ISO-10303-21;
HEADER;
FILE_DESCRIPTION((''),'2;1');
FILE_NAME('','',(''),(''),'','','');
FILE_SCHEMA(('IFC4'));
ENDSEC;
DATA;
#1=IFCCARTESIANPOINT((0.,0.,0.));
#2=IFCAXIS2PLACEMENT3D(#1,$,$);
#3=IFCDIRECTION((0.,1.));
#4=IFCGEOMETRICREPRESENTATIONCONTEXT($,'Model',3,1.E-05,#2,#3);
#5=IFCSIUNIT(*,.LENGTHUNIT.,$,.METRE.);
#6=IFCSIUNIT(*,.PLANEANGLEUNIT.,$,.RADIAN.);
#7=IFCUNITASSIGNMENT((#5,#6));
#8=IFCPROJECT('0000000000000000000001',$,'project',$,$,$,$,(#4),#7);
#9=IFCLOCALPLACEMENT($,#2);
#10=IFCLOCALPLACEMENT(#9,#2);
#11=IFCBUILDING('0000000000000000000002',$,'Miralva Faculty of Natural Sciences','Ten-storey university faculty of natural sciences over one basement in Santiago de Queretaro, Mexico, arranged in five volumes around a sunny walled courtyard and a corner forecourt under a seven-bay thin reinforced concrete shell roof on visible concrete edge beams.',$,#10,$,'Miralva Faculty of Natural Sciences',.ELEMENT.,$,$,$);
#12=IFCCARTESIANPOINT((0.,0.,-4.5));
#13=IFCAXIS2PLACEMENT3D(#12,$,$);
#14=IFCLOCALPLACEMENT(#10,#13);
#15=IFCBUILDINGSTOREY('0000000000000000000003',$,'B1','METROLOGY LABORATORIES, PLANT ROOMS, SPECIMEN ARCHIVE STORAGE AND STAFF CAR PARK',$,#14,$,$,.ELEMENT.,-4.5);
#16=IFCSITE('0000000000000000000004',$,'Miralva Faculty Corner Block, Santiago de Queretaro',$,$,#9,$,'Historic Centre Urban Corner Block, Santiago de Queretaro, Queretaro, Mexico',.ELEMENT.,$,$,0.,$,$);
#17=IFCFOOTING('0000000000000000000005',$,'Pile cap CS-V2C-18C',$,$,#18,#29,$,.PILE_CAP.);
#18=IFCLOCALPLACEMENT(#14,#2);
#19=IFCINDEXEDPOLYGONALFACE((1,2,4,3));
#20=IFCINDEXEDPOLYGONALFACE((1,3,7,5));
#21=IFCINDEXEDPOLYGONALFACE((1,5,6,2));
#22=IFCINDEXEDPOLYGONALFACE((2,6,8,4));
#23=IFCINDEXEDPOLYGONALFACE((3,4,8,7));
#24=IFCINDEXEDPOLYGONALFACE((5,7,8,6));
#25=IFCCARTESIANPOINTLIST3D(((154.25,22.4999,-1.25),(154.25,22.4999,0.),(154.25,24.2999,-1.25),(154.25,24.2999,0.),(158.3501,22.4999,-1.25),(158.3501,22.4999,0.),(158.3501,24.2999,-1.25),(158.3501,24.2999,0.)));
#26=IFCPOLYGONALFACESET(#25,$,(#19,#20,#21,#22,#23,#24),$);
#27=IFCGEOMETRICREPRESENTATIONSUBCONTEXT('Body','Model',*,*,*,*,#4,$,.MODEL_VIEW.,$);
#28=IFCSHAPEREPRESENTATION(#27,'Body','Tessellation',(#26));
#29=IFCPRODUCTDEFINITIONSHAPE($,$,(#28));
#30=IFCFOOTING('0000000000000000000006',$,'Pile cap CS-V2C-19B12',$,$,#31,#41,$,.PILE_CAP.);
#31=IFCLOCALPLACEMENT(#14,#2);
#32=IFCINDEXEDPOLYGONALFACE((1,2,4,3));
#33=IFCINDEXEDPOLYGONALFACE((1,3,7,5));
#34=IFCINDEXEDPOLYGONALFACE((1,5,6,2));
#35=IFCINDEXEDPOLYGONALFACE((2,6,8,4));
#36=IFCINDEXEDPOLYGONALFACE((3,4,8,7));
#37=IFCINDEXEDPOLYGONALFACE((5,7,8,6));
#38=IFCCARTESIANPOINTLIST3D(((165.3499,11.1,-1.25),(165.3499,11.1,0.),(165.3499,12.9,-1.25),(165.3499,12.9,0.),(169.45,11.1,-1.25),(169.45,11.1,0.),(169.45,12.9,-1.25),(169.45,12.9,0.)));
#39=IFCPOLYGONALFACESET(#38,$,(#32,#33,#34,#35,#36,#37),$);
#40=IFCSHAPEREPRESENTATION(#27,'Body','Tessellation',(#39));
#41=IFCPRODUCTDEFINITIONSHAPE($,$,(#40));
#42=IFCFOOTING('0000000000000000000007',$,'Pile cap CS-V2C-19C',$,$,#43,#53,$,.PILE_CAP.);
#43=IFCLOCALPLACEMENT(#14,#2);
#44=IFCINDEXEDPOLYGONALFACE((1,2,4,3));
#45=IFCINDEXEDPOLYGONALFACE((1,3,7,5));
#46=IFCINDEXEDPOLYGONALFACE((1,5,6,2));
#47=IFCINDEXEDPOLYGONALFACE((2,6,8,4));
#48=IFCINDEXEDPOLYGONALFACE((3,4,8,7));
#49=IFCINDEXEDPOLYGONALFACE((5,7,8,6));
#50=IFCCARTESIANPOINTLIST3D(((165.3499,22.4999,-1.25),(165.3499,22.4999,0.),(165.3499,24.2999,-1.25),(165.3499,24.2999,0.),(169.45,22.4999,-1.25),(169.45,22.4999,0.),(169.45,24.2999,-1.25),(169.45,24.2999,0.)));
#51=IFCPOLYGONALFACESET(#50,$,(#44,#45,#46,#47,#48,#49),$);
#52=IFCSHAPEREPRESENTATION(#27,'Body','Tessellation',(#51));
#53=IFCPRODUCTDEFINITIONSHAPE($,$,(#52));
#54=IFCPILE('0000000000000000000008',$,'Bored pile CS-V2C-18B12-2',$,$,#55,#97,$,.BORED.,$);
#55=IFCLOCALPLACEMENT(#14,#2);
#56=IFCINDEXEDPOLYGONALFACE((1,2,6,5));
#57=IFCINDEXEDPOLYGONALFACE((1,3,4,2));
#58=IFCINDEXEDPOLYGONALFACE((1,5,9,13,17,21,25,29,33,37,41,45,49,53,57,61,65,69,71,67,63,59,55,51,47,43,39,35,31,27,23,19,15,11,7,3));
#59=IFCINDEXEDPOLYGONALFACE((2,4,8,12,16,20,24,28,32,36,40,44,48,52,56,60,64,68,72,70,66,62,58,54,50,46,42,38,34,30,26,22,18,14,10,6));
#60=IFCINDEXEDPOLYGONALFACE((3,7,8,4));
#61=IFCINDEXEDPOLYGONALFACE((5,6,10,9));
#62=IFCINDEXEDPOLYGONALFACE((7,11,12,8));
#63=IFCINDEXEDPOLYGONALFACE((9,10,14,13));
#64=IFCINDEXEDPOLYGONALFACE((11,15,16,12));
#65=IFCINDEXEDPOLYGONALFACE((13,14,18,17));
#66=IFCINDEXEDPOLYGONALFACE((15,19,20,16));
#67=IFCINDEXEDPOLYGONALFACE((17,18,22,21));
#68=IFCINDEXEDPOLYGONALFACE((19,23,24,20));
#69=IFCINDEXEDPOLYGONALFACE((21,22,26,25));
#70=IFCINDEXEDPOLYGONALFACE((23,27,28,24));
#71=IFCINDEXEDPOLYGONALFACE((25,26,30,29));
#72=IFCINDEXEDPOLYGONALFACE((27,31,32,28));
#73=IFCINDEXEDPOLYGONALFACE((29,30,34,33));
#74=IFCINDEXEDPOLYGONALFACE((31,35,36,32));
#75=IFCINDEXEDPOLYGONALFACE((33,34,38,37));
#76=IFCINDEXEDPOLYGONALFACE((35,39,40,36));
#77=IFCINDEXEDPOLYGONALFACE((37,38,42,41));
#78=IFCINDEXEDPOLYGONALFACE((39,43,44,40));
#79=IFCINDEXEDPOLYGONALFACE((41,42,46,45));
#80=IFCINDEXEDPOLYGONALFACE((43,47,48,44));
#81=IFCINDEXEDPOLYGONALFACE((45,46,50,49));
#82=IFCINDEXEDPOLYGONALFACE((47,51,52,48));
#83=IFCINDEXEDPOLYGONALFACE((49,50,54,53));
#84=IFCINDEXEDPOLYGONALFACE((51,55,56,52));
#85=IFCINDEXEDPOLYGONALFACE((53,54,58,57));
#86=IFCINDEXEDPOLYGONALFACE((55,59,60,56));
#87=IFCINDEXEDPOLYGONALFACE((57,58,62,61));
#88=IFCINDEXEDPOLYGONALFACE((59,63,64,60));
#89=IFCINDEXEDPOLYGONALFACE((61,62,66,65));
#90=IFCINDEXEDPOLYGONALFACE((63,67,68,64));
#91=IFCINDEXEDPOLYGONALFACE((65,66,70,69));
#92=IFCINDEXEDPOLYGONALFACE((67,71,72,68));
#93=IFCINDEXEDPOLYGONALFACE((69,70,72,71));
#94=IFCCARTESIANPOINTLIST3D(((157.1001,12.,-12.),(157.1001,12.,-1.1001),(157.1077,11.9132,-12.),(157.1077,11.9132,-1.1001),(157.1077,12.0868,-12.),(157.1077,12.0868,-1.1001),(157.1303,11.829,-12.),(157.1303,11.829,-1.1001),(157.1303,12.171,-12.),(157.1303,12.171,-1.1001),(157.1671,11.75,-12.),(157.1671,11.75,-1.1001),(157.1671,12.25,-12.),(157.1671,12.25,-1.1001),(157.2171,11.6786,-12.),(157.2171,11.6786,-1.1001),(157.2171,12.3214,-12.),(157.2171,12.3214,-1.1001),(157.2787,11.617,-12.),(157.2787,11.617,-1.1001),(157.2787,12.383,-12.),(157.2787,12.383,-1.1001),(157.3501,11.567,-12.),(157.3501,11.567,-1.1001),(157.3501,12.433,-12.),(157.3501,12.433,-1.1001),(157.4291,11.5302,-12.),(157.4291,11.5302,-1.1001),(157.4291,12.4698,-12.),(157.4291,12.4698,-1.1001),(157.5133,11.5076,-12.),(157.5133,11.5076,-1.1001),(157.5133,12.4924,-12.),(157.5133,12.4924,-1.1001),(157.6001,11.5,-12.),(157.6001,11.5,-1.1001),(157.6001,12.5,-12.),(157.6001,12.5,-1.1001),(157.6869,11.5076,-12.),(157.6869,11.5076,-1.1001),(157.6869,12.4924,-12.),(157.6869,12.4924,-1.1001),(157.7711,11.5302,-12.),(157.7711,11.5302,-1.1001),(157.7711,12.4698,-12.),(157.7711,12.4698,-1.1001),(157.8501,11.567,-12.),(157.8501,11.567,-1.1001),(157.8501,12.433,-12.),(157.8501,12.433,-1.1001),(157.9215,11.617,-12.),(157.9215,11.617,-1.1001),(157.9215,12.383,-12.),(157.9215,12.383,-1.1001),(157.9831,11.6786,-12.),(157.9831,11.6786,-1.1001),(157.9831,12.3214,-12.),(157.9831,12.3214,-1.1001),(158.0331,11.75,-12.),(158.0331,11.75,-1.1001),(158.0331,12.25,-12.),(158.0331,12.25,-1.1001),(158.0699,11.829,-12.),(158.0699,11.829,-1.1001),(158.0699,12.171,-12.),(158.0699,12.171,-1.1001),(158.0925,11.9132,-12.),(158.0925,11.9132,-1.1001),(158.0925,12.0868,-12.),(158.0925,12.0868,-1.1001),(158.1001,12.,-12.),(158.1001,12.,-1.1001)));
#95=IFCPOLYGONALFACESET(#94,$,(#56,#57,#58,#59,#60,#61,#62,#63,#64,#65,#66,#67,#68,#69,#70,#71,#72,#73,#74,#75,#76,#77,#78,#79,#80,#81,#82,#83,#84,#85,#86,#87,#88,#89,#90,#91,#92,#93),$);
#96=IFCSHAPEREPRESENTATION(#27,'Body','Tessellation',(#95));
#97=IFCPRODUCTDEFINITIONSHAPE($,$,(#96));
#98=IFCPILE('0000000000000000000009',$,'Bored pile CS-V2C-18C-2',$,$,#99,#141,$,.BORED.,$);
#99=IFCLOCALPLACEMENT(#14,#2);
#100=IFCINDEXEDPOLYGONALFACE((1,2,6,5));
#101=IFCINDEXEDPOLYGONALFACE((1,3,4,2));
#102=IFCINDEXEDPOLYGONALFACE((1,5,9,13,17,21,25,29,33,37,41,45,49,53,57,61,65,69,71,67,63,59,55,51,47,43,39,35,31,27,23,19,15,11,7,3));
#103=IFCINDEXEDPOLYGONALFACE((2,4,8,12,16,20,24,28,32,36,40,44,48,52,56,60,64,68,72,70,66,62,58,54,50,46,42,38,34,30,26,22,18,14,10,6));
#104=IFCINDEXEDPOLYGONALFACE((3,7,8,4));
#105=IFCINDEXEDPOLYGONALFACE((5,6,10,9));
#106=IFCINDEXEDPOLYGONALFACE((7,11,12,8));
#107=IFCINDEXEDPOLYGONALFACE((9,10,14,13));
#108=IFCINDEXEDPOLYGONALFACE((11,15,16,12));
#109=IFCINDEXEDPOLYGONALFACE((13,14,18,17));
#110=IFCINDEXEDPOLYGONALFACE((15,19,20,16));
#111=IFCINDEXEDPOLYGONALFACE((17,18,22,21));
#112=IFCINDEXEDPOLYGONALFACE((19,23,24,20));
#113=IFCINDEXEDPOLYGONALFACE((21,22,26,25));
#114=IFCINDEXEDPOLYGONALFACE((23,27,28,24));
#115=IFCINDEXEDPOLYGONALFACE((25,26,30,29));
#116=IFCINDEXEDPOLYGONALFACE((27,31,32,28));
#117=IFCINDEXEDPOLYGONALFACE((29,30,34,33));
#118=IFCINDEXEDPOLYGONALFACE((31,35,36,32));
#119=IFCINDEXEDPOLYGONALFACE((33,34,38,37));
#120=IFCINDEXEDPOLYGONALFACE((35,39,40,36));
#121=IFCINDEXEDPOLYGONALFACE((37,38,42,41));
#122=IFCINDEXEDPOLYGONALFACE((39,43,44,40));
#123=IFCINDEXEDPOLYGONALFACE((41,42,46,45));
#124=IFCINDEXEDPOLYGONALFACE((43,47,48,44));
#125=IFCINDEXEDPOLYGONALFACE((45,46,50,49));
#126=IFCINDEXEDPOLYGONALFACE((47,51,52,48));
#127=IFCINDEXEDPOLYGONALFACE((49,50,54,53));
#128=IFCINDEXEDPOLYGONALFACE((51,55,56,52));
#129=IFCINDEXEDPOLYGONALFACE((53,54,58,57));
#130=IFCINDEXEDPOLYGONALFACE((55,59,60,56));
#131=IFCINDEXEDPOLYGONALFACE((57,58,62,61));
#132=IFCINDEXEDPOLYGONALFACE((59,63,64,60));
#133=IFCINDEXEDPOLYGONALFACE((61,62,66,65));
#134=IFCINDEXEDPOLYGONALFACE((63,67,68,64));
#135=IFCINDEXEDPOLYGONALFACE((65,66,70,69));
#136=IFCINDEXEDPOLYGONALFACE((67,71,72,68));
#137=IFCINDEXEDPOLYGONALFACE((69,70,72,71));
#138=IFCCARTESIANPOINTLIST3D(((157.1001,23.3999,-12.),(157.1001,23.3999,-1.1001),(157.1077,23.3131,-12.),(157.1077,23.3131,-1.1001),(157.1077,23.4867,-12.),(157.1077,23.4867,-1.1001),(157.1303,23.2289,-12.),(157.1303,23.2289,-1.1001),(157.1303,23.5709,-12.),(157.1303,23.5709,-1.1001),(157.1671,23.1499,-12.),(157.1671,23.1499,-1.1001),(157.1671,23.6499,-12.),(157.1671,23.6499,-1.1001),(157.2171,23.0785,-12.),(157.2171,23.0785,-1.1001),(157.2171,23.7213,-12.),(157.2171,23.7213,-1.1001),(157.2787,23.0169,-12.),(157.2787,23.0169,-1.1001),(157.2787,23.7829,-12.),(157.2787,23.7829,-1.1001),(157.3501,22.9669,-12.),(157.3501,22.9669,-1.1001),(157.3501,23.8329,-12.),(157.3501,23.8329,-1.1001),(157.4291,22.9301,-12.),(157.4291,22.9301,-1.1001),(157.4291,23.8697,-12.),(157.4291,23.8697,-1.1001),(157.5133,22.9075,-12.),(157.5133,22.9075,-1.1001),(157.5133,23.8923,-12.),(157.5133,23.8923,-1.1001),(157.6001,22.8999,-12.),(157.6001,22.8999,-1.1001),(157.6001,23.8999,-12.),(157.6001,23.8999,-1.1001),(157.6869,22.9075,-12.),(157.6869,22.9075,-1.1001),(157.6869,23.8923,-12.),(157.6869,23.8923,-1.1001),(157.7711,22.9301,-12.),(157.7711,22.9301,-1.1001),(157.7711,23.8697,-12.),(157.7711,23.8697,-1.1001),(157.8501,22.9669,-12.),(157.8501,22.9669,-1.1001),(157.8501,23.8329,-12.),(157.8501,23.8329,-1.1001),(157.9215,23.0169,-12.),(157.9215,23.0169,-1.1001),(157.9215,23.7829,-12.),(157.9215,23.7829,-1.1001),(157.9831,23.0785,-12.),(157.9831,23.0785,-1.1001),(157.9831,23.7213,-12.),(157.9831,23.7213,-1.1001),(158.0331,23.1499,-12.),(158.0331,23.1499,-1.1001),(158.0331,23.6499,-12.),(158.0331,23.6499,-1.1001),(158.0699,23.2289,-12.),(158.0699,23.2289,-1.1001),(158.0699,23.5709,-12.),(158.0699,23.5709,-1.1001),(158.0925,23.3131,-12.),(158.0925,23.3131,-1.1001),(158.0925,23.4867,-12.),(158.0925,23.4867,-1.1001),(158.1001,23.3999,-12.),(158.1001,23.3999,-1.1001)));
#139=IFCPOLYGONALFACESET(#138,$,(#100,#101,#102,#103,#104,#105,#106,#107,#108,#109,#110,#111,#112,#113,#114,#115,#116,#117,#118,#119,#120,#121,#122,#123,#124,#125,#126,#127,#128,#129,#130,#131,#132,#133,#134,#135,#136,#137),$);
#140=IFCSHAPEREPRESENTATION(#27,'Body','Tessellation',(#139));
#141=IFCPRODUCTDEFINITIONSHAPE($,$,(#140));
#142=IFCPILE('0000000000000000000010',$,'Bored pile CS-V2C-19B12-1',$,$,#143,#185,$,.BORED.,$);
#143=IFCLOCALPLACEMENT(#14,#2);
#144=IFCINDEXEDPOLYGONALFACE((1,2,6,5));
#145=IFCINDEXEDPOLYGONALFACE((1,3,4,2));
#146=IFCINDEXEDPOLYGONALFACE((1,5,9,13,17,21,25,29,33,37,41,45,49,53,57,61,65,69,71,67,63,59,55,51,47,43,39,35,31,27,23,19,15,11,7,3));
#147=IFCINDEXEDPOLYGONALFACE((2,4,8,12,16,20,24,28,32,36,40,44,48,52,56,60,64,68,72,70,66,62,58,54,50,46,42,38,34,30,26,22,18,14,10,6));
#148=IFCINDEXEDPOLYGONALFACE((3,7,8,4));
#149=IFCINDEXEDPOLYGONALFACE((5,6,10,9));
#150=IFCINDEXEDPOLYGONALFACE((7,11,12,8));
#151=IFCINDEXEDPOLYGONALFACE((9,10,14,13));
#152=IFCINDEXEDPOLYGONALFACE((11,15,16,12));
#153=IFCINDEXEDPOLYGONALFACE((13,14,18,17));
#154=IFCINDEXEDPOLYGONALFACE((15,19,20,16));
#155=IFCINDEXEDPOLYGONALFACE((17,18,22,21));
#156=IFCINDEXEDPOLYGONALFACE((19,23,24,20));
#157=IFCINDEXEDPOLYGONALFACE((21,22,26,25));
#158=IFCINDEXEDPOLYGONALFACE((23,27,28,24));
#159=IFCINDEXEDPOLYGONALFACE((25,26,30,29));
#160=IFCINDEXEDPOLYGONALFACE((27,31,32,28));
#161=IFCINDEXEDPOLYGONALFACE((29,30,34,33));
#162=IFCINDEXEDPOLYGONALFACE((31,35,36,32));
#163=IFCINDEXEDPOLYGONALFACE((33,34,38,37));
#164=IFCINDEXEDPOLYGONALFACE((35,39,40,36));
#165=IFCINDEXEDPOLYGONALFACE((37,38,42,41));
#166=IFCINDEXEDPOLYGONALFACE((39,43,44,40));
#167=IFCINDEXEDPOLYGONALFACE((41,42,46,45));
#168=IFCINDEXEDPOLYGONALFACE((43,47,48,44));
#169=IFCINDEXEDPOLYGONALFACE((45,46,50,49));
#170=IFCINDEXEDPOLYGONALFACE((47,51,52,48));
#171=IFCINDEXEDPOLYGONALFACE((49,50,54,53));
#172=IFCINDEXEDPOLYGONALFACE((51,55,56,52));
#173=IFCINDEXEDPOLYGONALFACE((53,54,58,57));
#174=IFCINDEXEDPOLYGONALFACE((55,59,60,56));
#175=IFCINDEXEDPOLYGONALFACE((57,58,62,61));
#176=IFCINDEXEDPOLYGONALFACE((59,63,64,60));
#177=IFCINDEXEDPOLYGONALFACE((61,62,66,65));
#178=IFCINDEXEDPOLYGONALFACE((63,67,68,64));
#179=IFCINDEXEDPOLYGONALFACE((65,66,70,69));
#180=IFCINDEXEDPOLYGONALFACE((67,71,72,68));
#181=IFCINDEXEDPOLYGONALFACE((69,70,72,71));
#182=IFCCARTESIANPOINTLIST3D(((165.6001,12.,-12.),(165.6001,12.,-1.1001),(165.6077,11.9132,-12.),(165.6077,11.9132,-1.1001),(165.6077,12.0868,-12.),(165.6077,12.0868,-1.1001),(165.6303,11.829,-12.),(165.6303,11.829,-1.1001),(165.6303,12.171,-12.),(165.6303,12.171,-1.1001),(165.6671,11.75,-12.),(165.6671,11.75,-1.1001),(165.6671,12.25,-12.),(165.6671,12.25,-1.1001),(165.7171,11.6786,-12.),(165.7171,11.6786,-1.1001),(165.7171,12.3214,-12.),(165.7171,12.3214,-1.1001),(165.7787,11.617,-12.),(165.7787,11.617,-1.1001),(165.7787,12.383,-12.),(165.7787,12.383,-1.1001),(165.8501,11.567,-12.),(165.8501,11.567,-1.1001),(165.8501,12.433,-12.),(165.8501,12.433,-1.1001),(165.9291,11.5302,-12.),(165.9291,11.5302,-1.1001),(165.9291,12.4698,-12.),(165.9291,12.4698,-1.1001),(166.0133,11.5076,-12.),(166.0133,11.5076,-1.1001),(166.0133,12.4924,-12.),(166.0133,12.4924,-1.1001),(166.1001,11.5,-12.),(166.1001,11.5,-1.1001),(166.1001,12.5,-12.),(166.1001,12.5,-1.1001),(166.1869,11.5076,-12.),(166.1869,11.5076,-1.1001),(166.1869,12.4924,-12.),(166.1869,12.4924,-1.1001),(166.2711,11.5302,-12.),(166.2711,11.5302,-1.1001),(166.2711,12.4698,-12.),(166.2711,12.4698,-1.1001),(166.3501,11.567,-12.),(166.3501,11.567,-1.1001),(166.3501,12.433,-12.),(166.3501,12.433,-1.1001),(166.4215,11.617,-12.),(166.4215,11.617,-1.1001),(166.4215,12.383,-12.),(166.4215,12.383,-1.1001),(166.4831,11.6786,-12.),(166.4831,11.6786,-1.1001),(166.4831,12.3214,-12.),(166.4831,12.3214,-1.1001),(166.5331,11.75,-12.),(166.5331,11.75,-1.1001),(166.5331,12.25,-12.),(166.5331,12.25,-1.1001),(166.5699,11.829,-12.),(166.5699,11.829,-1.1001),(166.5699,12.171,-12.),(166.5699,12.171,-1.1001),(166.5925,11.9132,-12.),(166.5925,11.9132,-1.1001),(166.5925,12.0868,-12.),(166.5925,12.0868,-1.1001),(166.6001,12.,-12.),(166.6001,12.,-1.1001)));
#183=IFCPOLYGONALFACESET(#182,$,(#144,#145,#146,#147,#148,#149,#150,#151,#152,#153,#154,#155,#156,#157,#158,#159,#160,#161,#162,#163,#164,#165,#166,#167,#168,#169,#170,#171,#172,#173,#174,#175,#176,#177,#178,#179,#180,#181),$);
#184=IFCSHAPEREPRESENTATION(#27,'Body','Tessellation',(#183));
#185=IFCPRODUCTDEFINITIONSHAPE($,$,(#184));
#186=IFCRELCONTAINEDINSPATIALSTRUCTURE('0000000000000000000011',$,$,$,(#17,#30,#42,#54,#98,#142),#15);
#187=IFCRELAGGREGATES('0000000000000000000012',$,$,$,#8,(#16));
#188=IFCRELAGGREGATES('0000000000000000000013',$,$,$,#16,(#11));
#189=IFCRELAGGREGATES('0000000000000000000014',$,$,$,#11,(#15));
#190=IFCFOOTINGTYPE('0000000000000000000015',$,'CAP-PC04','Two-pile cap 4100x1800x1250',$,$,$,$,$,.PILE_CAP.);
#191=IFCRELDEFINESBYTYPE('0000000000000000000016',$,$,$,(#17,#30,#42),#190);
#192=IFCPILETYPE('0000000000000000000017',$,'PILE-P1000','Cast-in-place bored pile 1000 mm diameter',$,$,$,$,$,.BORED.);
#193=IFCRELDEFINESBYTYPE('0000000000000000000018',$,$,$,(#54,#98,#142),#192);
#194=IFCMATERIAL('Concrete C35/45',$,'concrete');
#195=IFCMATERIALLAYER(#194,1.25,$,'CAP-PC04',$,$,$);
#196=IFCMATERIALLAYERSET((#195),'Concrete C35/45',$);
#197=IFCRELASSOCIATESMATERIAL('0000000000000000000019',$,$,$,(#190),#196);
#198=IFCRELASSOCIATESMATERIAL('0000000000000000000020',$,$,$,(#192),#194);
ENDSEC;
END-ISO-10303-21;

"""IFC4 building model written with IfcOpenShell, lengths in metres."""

from ifc_helpers import new_model, si_unit, direction, frame, origin, origin_2d, place, context, subcontext, project, spatial, rectangle, circle, extrude, material, layer, layer_set, material_profile, profile_set, type_object, element, save


model = new_model("IFC4")

# Units and contexts
model_context = context("Model", 3, precision=1e-05, world=origin(), true_north=direction((0.0, 1.0)))
body_context = subcontext(model_context, "Body", "Model", "MODEL_VIEW")
ifc_project = project(units=[si_unit("LENGTHUNIT", "METRE"), si_unit("PLANEANGLEUNIT", "RADIAN")], contexts=[model_context])

# Site, building, storey
site_placement = place(None, origin())
site = spatial("IfcSite", under=ifc_project, at=site_placement, Name="Miralva Faculty Corner Block, Santiago de Queretaro", LongName="Historic Centre Urban Corner Block, Santiago de Queretaro, Queretaro, Mexico", CompositionType="ELEMENT", RefElevation=0.0)
building_placement = place(site_placement, origin())
building = spatial("IfcBuilding", under=site, at=building_placement, Name="Miralva Faculty of Natural Sciences", Description="Ten-storey university faculty of natural sciences over one basement in Santiago de Queretaro, Mexico, arranged in five volumes around a sunny walled courtyard and a corner forecourt under a seven-bay thin reinforced concrete shell roof on visible concrete edge beams.", LongName="Miralva Faculty of Natural Sciences", CompositionType="ELEMENT")
storey_placement = place(building_placement, frame((0.0, 0.0, -4.5)))
storey = spatial("IfcBuildingStorey", under=building, at=storey_placement, Name="B1", Description="METROLOGY LABORATORIES, PLANT ROOMS, SPECIMEN ARCHIVE STORAGE AND STAFF CAR PARK", CompositionType="ELEMENT", Elevation=-4.5)

# Footings
ifc_material_1 = material(Name="Concrete C35/45", Category="concrete")
ifc_layer = layer(ifc_material_1, 1.25, Name="CAP-PC04")
ifc_layer_set = layer_set([ifc_layer], Name="Concrete C35/45")
footing_type_1 = type_object("IfcFootingType", Name="CAP-PC04", Description="Two-pile cap 4100x1800x1250", PredefinedType="PILE_CAP", material=ifc_layer_set)
for number, where, z_axis, x_axis, name in (
    (1, (156.3, 23.3999, -1.25), (0.0, 0.0, 1.0), (1.0, 0.0, 0.0), "Pile cap CS-V2C-18C"),
    (2, (167.3999, 12.0, -1.25), (0.0, 0.0, 1.0), (1.0, 0.0, 0.0), "Pile cap CS-V2C-19B12"),
    (3, (167.3999, 23.3999, -1.25), (0.0, 0.0, 1.0), (1.0, 0.0, 0.0), "Pile cap CS-V2C-19C"),
):
    element("IfcFooting", number, at=place(storey_placement, frame(where, z_axis=z_axis, x_axis=x_axis)), inside=storey, type_object=footing_type_1, Name=name, PredefinedType="PILE_CAP", context=body_context, shape_type="SweptSolid", body=[
        extrude(rectangle(XDim=4.1001, YDim=1.8, at=origin_2d()), origin(), (0.0, 0.0, 1.0), 1.25),
    ])

# Piles
ifc_material_profile_1 = material_profile(ifc_material_1, circle(Radius=0.5, at=origin_2d()), Name="BORED PILE 1000")
ifc_profile_set_1 = profile_set([ifc_material_profile_1], Name="Concrete C35/45")
pile_type = type_object("IfcPileType", Name="PILE-P1000", Description="Cast-in-place bored pile 1000 mm diameter", PredefinedType="BORED", material=ifc_profile_set_1)
for number, where, z_axis, x_axis, name in (
    (4, (157.6001, 12.0, -1.1001), (0.0, 0.0, -1.0), (1.0, 0.0, 0.0), "Bored pile CS-V2C-18B12-2"),
    (5, (157.6001, 23.3999, -1.1001), (0.0, 0.0, -1.0), (1.0, 0.0, 0.0), "Bored pile CS-V2C-18C-2"),
    (6, (166.1001, 12.0, -1.1001), (0.0, 0.0, -1.0), (1.0, 0.0, 0.0), "Bored pile CS-V2C-19B12-1"),
):
    element("IfcPile", number, at=place(storey_placement, frame(where, z_axis=z_axis, x_axis=x_axis)), inside=storey, type_object=pile_type, Name=name, PredefinedType="BORED", context=body_context, shape_type="SweptSolid", body=[
        extrude(circle(Radius=0.5, at=origin_2d()), origin(), (0.0, 0.0, 1.0), 10.8999),
    ])

save(model, "model.ifc")
